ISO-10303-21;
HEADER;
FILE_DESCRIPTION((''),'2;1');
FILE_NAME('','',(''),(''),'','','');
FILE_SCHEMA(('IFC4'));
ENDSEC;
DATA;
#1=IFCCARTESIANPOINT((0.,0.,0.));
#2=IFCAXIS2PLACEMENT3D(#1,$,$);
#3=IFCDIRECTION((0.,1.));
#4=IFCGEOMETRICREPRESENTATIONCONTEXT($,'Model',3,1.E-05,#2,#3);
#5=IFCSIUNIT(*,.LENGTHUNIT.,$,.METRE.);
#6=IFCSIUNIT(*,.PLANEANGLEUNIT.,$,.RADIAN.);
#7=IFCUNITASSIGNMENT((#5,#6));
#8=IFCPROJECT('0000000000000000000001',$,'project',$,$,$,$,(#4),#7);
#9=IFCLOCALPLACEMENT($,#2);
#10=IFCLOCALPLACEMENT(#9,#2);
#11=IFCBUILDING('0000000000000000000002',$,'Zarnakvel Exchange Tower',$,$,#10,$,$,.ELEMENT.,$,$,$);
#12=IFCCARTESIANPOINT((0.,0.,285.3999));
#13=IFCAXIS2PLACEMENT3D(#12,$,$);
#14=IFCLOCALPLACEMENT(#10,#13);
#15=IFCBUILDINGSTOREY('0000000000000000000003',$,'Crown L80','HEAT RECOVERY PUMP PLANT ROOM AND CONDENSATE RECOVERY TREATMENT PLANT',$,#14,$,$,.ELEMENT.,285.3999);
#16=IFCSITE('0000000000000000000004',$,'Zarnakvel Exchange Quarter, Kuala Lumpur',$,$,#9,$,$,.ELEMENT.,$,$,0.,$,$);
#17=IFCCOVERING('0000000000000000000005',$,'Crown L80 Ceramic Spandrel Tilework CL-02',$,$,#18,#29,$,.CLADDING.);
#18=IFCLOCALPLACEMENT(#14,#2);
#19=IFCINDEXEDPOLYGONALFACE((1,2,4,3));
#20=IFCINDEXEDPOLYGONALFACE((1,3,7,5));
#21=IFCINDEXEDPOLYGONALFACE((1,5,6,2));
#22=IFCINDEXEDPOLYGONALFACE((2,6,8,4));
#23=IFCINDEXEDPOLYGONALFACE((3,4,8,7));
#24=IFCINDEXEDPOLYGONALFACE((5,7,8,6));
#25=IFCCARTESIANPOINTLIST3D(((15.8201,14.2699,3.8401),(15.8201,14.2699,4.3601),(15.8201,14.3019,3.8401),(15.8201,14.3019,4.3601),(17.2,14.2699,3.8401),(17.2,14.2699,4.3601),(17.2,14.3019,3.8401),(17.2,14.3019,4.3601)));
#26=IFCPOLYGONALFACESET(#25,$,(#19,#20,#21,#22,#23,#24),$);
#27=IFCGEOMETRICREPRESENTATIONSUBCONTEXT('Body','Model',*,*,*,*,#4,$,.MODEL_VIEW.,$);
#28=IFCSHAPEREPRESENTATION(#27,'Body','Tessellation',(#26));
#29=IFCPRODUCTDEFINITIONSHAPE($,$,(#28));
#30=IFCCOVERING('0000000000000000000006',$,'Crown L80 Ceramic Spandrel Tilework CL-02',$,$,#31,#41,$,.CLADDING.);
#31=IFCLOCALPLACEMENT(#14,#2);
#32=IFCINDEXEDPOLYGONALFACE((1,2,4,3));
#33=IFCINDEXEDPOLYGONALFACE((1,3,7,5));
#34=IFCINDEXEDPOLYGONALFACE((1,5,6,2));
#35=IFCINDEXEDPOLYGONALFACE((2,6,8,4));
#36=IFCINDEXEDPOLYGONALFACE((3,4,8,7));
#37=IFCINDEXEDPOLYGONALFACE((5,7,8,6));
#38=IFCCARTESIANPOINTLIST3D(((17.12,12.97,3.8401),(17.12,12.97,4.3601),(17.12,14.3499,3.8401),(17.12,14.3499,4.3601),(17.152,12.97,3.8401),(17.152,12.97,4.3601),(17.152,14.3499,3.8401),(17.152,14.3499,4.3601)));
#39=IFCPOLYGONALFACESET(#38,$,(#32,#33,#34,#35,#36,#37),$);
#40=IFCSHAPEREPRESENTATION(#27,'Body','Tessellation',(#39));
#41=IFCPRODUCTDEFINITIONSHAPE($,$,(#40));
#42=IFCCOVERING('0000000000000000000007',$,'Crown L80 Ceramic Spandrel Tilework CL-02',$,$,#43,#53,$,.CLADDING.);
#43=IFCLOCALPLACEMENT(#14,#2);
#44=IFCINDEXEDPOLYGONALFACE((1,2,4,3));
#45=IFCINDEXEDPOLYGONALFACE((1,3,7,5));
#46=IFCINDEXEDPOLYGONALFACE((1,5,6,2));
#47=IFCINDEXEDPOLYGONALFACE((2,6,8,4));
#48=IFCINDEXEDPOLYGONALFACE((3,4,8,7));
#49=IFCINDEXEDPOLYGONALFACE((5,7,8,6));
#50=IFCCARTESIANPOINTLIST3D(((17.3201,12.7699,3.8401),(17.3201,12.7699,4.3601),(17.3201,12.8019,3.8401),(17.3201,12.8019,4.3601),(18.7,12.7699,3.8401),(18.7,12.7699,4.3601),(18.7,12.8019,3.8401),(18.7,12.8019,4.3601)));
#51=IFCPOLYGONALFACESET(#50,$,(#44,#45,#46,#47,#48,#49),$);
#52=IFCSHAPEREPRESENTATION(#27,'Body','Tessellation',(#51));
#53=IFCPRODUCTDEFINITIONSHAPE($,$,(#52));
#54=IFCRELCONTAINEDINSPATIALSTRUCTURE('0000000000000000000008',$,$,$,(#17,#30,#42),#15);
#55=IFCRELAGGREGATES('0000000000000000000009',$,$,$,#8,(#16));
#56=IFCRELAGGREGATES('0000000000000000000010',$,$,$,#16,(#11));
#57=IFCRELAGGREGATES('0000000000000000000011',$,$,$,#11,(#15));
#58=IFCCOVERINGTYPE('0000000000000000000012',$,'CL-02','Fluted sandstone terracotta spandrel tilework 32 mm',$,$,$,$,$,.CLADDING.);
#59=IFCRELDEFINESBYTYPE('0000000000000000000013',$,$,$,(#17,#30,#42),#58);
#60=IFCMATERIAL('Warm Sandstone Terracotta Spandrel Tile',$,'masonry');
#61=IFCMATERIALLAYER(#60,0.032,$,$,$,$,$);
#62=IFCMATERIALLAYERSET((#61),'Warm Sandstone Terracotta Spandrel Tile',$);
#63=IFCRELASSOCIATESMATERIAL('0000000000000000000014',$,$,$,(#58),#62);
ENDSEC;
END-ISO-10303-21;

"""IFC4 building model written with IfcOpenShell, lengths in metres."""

from ifc_helpers import new_model, si_unit, direction, frame, origin, origin_2d, place, context, subcontext, project, spatial, rectangle, extrude, source, transform, mapped, material, layer, layer_set, type_object, element, save


model = new_model("IFC4")

# Units and contexts
model_context = context("Model", 3, precision=1e-05, world=origin(), true_north=direction((0.0, 1.0)))
body_context = subcontext(model_context, "Body", "Model", "MODEL_VIEW")
ifc_project = project(units=[si_unit("LENGTHUNIT", "METRE"), si_unit("PLANEANGLEUNIT", "RADIAN")], contexts=[model_context])

# Site, building, storey
site_placement = place(None, origin())
site = spatial("IfcSite", under=ifc_project, at=site_placement, Name="Zarnakvel Exchange Quarter, Kuala Lumpur", CompositionType="ELEMENT", RefElevation=0.0)
building_placement = place(site_placement, origin())
building = spatial("IfcBuilding", under=site, at=building_placement, Name="Zarnakvel Exchange Tower", CompositionType="ELEMENT")
storey_placement = place(building_placement, frame((0.0, 0.0, 285.3999)))
storey = spatial("IfcBuildingStorey", under=building, at=storey_placement, Name="Crown L80", Description="HEAT RECOVERY PUMP PLANT ROOM AND CONDENSATE RECOVERY TREATMENT PLANT", CompositionType="ELEMENT", Elevation=285.3999)

# Coverings
ifc_material_1 = material(Name="Warm Sandstone Terracotta Spandrel Tile", Category="masonry")
ifc_layer_1 = layer(ifc_material_1, 0.032)
ifc_layer_set_1 = layer_set([ifc_layer_1], Name="Warm Sandstone Terracotta Spandrel Tile")
covering_type = type_object("IfcCoveringType", Name="CL-02", Description="Fluted sandstone terracotta spandrel tilework 32 mm", PredefinedType="CLADDING", material=ifc_layer_set_1)
shared_shape_1 = source(origin(), body_context, "Body", "SweptSolid", [
    extrude(rectangle(XDim=1.3799, YDim=0.032, at=origin_2d()), origin(), (0.0, 0.0, 1.0), 0.52),
])
for number, where, z_axis, x_axis, name in (
    (1, (16.51, 14.2859, 3.8401), (0.0, 0.0, 1.0), (-1.0, 0.0, 0.0), "Crown L80 Ceramic Spandrel Tilework CL-02"),
    (2, (17.136, 13.6599, 3.8401), (0.0, 0.0, 1.0), (0.0, 1.0, 0.0), "Crown L80 Ceramic Spandrel Tilework CL-02"),
    (3, (18.01, 12.7859, 3.8401), (0.0, 0.0, 1.0), (-1.0, 0.0, 0.0), "Crown L80 Ceramic Spandrel Tilework CL-02"),
):
    element("IfcCovering", number, at=place(storey_placement, frame(where, z_axis=z_axis, x_axis=x_axis)), inside=storey, type_object=covering_type, Name=name, PredefinedType="CLADDING", context=body_context, shape_type="MappedRepresentation", body=[
        mapped(shared_shape_1, transform((0.0, 0.0, 0.0), x_axis=(1.0, 0.0, 0.0), y_axis=(0.0, 1.0, 0.0), z_axis=(0.0, 0.0, 1.0), scale=1.0)),
    ])

save(model, "model.ifc")
